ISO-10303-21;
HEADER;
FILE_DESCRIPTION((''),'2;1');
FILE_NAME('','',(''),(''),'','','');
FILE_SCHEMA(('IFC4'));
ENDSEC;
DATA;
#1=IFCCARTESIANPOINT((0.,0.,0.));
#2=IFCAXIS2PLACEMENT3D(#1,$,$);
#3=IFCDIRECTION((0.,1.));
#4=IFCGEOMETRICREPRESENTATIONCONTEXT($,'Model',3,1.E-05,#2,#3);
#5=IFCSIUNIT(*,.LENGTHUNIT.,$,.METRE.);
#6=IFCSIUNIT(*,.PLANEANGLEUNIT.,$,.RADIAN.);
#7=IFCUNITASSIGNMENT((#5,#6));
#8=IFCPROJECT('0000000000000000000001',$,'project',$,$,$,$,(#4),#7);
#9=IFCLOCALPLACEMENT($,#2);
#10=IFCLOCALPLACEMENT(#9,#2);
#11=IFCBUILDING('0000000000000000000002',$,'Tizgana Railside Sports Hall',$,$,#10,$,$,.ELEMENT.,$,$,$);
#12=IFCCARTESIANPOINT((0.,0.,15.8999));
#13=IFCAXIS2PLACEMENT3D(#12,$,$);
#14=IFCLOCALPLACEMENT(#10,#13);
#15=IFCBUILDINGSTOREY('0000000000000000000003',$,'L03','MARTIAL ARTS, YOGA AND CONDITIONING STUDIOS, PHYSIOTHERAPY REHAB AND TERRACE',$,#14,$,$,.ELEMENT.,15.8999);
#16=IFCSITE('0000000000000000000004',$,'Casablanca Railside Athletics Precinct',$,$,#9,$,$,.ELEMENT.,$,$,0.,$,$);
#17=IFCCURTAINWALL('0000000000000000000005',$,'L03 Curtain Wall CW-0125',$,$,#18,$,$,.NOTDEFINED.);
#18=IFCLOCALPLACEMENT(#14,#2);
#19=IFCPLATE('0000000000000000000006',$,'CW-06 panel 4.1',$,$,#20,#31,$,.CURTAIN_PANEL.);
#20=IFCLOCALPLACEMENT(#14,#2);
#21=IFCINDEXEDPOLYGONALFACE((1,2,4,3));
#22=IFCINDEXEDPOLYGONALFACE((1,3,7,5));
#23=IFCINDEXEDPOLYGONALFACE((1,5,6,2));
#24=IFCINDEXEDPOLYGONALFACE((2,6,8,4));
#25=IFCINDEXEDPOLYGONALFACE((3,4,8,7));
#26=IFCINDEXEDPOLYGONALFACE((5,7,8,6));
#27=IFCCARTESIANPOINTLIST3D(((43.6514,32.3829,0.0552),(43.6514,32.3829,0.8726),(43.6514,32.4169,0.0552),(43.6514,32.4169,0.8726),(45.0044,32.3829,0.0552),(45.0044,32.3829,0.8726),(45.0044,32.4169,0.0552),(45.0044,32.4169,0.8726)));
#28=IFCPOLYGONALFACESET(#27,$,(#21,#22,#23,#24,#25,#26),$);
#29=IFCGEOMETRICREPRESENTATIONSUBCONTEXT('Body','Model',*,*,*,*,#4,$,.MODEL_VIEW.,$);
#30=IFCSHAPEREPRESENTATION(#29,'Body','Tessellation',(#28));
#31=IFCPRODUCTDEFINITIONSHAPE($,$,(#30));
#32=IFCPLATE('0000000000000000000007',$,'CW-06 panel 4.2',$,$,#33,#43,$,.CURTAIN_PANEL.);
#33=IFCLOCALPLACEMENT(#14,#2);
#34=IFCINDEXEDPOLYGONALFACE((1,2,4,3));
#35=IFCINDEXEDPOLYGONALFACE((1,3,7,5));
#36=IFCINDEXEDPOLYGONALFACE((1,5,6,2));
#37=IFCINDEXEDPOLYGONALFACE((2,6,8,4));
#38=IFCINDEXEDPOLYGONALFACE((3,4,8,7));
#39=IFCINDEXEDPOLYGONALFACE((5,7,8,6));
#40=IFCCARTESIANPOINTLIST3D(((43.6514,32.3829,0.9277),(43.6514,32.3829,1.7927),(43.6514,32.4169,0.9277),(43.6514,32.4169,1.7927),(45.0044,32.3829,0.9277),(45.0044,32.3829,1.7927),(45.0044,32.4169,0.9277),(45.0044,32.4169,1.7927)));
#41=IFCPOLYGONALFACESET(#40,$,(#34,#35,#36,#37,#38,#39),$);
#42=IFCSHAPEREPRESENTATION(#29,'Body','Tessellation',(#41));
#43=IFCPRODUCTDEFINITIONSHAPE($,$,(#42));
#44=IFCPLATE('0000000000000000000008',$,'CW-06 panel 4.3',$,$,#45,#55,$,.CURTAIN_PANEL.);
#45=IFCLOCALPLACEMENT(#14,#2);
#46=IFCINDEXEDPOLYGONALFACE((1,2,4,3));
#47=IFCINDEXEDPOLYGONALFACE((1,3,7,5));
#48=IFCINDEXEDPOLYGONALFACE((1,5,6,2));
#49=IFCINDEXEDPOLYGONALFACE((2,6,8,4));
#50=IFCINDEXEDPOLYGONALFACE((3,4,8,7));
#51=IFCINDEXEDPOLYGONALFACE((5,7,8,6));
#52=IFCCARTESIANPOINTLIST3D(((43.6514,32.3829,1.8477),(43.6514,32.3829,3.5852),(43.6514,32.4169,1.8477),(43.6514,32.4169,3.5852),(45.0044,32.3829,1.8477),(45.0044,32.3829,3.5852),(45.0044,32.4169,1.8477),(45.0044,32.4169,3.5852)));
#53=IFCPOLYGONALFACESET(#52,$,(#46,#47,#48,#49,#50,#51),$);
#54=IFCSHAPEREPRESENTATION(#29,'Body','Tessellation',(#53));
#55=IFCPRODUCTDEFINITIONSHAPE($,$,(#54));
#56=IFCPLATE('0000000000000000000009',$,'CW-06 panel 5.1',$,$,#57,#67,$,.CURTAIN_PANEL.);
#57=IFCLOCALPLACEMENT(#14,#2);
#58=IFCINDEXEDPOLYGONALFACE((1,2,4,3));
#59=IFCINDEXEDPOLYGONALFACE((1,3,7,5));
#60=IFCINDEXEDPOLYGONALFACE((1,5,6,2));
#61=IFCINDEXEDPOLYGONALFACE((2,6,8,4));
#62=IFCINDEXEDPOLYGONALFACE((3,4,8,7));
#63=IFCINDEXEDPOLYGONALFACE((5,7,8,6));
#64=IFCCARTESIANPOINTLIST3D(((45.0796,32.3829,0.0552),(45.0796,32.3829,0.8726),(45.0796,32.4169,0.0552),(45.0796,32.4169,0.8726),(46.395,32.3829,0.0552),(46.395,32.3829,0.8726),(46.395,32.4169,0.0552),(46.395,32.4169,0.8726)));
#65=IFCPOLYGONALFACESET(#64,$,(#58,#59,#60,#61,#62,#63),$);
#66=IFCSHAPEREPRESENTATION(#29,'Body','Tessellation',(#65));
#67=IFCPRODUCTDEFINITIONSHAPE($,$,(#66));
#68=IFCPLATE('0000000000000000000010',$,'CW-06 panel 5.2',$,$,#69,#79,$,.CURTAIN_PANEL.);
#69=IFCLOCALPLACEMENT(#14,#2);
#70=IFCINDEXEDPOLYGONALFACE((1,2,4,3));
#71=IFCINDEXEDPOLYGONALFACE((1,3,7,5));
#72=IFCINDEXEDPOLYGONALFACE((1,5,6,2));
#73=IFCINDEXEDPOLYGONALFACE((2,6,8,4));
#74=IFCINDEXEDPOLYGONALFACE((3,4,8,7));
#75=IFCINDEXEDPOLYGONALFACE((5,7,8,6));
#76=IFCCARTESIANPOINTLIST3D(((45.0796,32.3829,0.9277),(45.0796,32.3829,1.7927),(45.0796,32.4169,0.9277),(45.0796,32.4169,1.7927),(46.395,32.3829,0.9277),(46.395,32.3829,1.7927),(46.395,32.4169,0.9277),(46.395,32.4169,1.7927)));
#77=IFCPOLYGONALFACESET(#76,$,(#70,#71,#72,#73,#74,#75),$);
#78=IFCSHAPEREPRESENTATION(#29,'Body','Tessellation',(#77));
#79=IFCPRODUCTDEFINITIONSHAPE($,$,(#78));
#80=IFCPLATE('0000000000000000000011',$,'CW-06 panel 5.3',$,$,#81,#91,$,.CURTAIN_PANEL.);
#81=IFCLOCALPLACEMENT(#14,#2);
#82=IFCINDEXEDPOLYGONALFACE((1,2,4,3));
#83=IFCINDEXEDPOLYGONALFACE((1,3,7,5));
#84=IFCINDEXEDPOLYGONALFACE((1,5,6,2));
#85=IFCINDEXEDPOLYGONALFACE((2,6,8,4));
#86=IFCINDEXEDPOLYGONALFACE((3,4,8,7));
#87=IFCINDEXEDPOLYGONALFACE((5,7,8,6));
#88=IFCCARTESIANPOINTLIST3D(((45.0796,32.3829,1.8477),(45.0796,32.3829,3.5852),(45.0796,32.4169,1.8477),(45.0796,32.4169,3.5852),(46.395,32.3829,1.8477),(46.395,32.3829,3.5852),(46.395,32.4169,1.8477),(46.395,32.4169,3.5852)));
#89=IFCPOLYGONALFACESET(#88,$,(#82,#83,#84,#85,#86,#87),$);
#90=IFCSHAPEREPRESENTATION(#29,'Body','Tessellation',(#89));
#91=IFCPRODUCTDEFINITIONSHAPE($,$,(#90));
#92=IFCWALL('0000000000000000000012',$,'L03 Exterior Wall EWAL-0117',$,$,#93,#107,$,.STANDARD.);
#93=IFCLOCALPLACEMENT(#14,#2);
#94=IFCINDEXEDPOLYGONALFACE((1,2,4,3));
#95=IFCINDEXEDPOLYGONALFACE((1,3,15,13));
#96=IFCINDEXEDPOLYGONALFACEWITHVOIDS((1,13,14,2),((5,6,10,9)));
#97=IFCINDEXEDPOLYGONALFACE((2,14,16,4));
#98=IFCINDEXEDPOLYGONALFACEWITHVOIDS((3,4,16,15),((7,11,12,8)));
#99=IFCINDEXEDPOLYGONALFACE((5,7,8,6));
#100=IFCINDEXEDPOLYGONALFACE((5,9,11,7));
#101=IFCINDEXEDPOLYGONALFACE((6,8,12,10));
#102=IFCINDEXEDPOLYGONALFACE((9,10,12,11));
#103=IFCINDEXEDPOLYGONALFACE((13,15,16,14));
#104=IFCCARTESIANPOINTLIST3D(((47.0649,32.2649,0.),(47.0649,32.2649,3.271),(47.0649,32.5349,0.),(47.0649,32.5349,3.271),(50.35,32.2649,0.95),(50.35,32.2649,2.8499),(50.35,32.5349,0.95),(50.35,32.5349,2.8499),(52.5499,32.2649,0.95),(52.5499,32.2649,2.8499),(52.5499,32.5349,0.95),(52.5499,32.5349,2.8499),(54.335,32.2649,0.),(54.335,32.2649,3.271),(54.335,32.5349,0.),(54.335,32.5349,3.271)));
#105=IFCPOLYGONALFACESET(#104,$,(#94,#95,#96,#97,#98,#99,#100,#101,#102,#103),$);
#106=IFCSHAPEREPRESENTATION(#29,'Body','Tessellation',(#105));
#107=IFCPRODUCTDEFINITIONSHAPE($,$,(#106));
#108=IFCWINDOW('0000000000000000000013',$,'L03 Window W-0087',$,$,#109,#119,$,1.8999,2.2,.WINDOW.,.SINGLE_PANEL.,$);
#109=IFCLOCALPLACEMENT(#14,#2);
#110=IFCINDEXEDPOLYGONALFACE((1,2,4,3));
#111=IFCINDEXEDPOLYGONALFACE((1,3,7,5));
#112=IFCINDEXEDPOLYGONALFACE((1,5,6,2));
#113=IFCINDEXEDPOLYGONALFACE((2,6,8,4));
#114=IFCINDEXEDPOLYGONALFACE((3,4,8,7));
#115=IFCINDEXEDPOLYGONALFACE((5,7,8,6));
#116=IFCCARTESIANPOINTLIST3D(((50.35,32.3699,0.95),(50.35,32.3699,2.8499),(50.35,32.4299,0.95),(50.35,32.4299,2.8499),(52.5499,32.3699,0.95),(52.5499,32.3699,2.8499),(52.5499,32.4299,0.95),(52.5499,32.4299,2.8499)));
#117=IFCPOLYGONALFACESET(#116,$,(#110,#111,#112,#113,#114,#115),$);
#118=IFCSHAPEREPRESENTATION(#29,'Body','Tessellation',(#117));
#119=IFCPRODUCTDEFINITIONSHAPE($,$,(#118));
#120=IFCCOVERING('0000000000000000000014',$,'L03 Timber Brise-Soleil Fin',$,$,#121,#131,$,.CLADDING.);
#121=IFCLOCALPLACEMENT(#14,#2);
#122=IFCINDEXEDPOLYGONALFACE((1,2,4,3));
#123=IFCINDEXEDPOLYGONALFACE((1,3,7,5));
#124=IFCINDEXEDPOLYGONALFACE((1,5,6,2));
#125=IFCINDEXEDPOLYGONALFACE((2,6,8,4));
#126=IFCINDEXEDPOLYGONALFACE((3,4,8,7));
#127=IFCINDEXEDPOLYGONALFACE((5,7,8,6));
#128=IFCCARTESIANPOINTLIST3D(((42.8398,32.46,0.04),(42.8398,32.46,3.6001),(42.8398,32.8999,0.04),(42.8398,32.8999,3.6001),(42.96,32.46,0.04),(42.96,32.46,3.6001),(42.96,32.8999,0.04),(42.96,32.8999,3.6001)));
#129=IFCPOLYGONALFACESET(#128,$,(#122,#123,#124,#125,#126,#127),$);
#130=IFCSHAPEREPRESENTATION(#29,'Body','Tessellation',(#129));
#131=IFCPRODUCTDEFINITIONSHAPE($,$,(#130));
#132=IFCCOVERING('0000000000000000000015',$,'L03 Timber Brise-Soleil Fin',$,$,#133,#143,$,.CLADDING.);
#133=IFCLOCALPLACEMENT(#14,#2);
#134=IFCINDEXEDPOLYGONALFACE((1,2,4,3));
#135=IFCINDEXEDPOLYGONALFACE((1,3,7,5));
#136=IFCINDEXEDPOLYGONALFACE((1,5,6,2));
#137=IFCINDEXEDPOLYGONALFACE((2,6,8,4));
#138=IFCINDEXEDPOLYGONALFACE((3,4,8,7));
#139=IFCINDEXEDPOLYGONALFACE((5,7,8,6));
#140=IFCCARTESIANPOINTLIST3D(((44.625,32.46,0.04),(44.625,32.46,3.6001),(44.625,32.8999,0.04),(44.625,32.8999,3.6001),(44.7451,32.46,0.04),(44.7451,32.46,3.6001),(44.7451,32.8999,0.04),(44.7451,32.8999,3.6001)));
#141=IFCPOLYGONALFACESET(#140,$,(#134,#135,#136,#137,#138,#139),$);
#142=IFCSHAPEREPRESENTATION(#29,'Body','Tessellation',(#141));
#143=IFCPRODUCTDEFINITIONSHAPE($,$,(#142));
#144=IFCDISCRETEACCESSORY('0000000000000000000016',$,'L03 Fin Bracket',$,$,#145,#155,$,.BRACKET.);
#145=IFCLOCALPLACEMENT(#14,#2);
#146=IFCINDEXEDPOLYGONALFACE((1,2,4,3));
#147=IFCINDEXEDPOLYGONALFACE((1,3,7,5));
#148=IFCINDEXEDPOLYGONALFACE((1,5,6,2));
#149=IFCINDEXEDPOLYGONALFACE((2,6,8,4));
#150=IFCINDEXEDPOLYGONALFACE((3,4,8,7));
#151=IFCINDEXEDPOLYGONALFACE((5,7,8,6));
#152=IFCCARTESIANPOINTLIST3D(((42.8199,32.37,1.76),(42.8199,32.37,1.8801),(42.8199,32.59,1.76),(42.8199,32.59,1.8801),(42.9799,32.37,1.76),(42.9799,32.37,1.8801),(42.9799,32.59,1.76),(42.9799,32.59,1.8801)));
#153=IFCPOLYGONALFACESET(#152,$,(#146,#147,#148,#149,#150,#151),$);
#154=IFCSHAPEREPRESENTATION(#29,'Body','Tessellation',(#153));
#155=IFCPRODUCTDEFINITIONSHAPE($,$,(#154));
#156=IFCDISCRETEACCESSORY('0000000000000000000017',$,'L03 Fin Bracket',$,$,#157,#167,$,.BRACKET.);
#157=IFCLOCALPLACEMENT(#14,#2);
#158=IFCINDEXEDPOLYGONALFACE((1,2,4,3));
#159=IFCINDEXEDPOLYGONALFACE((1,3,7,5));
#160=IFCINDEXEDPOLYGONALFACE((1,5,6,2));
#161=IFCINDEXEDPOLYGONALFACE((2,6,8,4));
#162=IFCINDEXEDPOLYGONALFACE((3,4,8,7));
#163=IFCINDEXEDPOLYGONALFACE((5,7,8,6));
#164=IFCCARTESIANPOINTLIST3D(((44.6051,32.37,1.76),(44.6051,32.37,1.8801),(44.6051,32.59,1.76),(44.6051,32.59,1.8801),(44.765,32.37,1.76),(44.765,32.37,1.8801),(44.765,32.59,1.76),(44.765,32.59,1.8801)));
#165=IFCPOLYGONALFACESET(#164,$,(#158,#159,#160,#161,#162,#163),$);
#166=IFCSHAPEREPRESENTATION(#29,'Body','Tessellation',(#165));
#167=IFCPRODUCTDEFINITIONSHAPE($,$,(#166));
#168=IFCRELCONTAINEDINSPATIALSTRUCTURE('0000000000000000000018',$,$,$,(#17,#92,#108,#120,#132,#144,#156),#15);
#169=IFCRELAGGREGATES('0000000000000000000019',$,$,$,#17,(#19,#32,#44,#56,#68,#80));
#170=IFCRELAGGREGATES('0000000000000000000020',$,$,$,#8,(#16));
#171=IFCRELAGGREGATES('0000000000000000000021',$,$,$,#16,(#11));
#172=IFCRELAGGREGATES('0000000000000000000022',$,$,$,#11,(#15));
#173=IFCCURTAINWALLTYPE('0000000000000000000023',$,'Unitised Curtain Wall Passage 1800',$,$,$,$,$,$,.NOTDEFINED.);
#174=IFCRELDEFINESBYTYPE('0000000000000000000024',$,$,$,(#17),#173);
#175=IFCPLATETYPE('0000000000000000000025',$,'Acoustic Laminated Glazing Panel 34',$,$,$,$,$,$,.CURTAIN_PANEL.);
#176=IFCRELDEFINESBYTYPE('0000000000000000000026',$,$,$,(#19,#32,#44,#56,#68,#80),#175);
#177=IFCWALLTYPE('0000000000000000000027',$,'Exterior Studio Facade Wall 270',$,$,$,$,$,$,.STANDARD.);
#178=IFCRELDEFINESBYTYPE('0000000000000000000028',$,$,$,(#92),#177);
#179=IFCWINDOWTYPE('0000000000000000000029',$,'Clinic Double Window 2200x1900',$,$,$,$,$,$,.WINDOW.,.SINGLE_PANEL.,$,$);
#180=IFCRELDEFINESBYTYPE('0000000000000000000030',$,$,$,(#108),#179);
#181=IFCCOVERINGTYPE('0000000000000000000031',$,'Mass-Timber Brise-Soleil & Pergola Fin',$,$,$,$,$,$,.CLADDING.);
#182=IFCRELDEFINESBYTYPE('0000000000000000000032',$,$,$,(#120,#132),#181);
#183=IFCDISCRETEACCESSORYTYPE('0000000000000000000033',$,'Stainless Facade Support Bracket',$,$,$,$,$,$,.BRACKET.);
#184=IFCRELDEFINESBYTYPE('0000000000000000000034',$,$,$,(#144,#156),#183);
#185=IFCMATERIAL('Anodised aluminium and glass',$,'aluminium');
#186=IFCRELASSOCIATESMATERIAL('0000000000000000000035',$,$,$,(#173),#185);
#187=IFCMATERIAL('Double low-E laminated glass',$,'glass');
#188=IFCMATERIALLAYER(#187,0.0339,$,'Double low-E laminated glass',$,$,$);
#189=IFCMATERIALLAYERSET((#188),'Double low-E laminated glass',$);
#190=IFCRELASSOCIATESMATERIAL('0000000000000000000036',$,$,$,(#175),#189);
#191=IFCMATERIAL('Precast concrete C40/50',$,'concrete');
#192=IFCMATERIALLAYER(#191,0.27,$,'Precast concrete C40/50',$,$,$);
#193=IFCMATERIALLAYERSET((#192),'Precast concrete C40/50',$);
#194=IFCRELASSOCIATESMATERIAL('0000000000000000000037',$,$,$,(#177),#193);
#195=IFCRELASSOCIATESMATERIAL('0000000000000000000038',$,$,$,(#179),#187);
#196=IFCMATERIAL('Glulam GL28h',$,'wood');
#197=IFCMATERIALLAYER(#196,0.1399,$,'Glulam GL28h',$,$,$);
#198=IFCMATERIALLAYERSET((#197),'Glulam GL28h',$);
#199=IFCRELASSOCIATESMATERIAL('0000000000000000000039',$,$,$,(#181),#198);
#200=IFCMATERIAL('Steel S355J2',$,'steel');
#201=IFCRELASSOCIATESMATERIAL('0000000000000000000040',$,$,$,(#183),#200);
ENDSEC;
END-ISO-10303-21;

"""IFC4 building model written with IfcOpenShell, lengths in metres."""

from ifc_helpers import new_model, si_unit, direction, frame, frame_2d, origin, origin_2d, place, context, subcontext, project, spatial, rectangle, extrude, material, layer, layer_set, type_object, element, fill, aggregate, save


model = new_model("IFC4")

# Units and contexts
model_context = context("Model", 3, precision=1e-05, world=origin(), true_north=direction((0.0, 1.0)))
body_context = subcontext(model_context, "Body", "Model", "MODEL_VIEW")
ifc_project = project(units=[si_unit("LENGTHUNIT", "METRE"), si_unit("PLANEANGLEUNIT", "RADIAN")], contexts=[model_context])

# Site, building, storey
site_placement = place(None, origin())
site = spatial("IfcSite", under=ifc_project, at=site_placement, Name="Casablanca Railside Athletics Precinct", CompositionType="ELEMENT", RefElevation=0.0)
building_placement = place(site_placement, origin())
building = spatial("IfcBuilding", under=site, at=building_placement, Name="Tizgana Railside Sports Hall", CompositionType="ELEMENT")
storey_placement = place(building_placement, frame((0.0, 0.0, 15.8999)))
storey = spatial("IfcBuildingStorey", under=building, at=storey_placement, Name="L03", Description="MARTIAL ARTS, YOGA AND CONDITIONING STUDIOS, PHYSIOTHERAPY REHAB AND TERRACE", CompositionType="ELEMENT", Elevation=15.8999)

# Curtain wall
ifc_material_1 = material(Name="Anodised aluminium and glass", Category="aluminium")
curtain_wall_type = type_object("IfcCurtainWallType", Name="Unitised Curtain Wall Passage 1800", PredefinedType="NOTDEFINED", material=ifc_material_1)
curtain_wall_placement = place(storey_placement, origin())
curtain_wall = element("IfcCurtainWall", 1, at=curtain_wall_placement, inside=storey, type_object=curtain_wall_type, Name="L03 Curtain Wall CW-0125", PredefinedType="NOTDEFINED")

# Shared definitions
ifc_material_2 = material(Name="Steel S355J2", Category="steel")

# Plates
ifc_material_3 = material(Name="Double low-E laminated glass", Category="glass")
ifc_layer_1 = layer(ifc_material_3, 0.0339, Name="Double low-E laminated glass")
ifc_layer_set_1 = layer_set([ifc_layer_1], Name="Double low-E laminated glass")
plate_type = type_object("IfcPlateType", Name="Acoustic Laminated Glazing Panel 34", PredefinedType="CURTAIN_PANEL", material=ifc_layer_set_1)
plate_1_placement = place(storey_placement, frame((44.3279, 32.3999, 0.0552), z_axis=(0.0, 0.0, 1.0), x_axis=(1.0, 0.0, 0.0)))
plate_1 = element("IfcPlate", 2, at=plate_1_placement, type_object=plate_type, Name="CW-06 panel 4.1", PredefinedType="CURTAIN_PANEL", context=body_context, shape_type="SweptSolid", body=[
    extrude(rectangle(XDim=1.353, YDim=0.0339, at=origin_2d()), origin(), (0.0, 0.0, 1.0), 0.8174),
])
plate_2_placement = place(storey_placement, frame((44.3279, 32.3999, 0.9277), z_axis=(0.0, 0.0, 1.0), x_axis=(1.0, 0.0, 0.0)))
plate_2 = element("IfcPlate", 3, at=plate_2_placement, type_object=plate_type, Name="CW-06 panel 4.2", PredefinedType="CURTAIN_PANEL", context=body_context, shape_type="SweptSolid", body=[
    extrude(rectangle(XDim=1.353, YDim=0.0339, at=origin_2d()), origin(), (0.0, 0.0, 1.0), 0.865),
])
plate_3_placement = place(storey_placement, frame((44.3279, 32.3999, 1.8477), z_axis=(0.0, 0.0, 1.0), x_axis=(1.0, 0.0, 0.0)))
plate_3 = element("IfcPlate", 4, at=plate_3_placement, type_object=plate_type, Name="CW-06 panel 4.3", PredefinedType="CURTAIN_PANEL", context=body_context, shape_type="SweptSolid", body=[
    extrude(rectangle(XDim=1.353, YDim=0.0339, at=origin_2d()), origin(), (0.0, 0.0, 1.0), 1.7375),
])
plate_4_placement = place(storey_placement, frame((45.7373, 32.3999, 0.0552), z_axis=(0.0, 0.0, 1.0), x_axis=(1.0, 0.0, 0.0)))
plate_4 = element("IfcPlate", 5, at=plate_4_placement, type_object=plate_type, Name="CW-06 panel 5.1", PredefinedType="CURTAIN_PANEL", context=body_context, shape_type="SweptSolid", body=[
    extrude(rectangle(XDim=1.3154, YDim=0.0339, at=origin_2d()), origin(), (0.0, 0.0, 1.0), 0.8174),
])
plate_5_placement = place(storey_placement, frame((45.7373, 32.3999, 0.9277), z_axis=(0.0, 0.0, 1.0), x_axis=(1.0, 0.0, 0.0)))
plate_5 = element("IfcPlate", 6, at=plate_5_placement, type_object=plate_type, Name="CW-06 panel 5.2", PredefinedType="CURTAIN_PANEL", context=body_context, shape_type="SweptSolid", body=[
    extrude(rectangle(XDim=1.3154, YDim=0.0339, at=origin_2d()), origin(), (0.0, 0.0, 1.0), 0.865),
])
plate_6_placement = place(storey_placement, frame((45.7373, 32.3999, 1.8477), z_axis=(0.0, 0.0, 1.0), x_axis=(1.0, 0.0, 0.0)))
plate_6 = element("IfcPlate", 7, at=plate_6_placement, type_object=plate_type, Name="CW-06 panel 5.3", PredefinedType="CURTAIN_PANEL", context=body_context, shape_type="SweptSolid", body=[
    extrude(rectangle(XDim=1.3154, YDim=0.0339, at=origin_2d()), origin(), (0.0, 0.0, 1.0), 1.7375),
])
aggregate(curtain_wall, [plate_1, plate_2, plate_3, plate_4, plate_5, plate_6])

# Wall, opening, window
ifc_material_4 = material(Name="Precast concrete C40/50", Category="concrete")
ifc_layer_2 = layer(ifc_material_4, 0.27, Name="Precast concrete C40/50")
ifc_layer_set_2 = layer_set([ifc_layer_2], Name="Precast concrete C40/50")
wall_type = type_object("IfcWallType", Name="Exterior Studio Facade Wall 270", PredefinedType="STANDARD", material=ifc_layer_set_2)
wall_placement = place(storey_placement, frame((47.0649, 32.3999, 0.0), z_axis=(0.0, 0.0, 1.0), x_axis=(1.0, 0.0, 0.0)))
wall = element("IfcWall", 8, at=wall_placement, inside=storey, type_object=wall_type, Name="L03 Exterior Wall EWAL-0117", PredefinedType="STANDARD", context=body_context, shape_type="SweptSolid", body=[
    extrude(rectangle(XDim=7.27, YDim=0.27, at=frame_2d((3.635, 0.0))), origin(), (0.0, 0.0, 1.0), 3.271),
])
opening_placement = place(wall_placement, frame((3.2849, 0.0, 0.95)))
opening = element("IfcOpeningElement", 9, at=opening_placement, cuts=wall, PredefinedType="OPENING", context=body_context, shape_type="SweptSolid", body=[
    extrude(rectangle(XDim=2.2, YDim=1.8999, at=frame_2d((1.1001, 0.95))), frame((0.0, 0.145, 0.0), z_axis=(0.0, -1.0, 0.0), x_axis=(1.0, 0.0, 0.0)), (0.0, 0.0, 1.0), 0.29),
])
window_type = type_object("IfcWindowType", Name="Clinic Double Window 2200x1900", PartitioningType="SINGLE_PANEL", PredefinedType="WINDOW", material=ifc_material_3)
window_placement = place(opening_placement, origin())
window = element("IfcWindow", 10, at=window_placement, inside=storey, type_object=window_type, Name="L03 Window W-0087", OverallHeight=1.8999, OverallWidth=2.2, PartitioningType="SINGLE_PANEL", PredefinedType="WINDOW", context=body_context, shape_type="SweptSolid", body=[
    extrude(rectangle(XDim=2.2, YDim=1.8999, at=frame_2d((1.1001, 0.95))), frame((0.0, 0.03, 0.0), z_axis=(0.0, -1.0, 0.0), x_axis=(1.0, 0.0, 0.0)), (0.0, 0.0, 1.0), 0.0601),
])
fill(opening, window)

# Coverings
ifc_material_5 = material(Name="Glulam GL28h", Category="wood")
ifc_layer_3 = layer(ifc_material_5, 0.1399, Name="Glulam GL28h")
ifc_layer_set_3 = layer_set([ifc_layer_3], Name="Glulam GL28h")
covering_type = type_object("IfcCoveringType", Name="Mass-Timber Brise-Soleil & Pergola Fin", PredefinedType="CLADDING", material=ifc_layer_set_3)
for number, where, z_axis, x_axis, name in (
    (11, (42.8999, 32.6799, 0.04), (0.0, 0.0, 1.0), (1.0, 0.0, 0.0), "L03 Timber Brise-Soleil Fin"),
    (12, (44.6851, 32.6799, 0.04), (0.0, 0.0, 1.0), (1.0, 0.0, 0.0), "L03 Timber Brise-Soleil Fin"),
):
    element("IfcCovering", number, at=place(storey_placement, frame(where, z_axis=z_axis, x_axis=x_axis)), inside=storey, type_object=covering_type, Name=name, PredefinedType="CLADDING", context=body_context, shape_type="SweptSolid", body=[
        extrude(rectangle(XDim=0.1201, YDim=0.4399, at=origin_2d()), origin(), (0.0, 0.0, 1.0), 3.5601),
    ])

# Discrete accessories
discrete_accessory_type = type_object("IfcDiscreteAccessoryType", Name="Stainless Facade Support Bracket", PredefinedType="BRACKET", material=ifc_material_2)
for number, where, z_axis, x_axis, name in (
    (13, (42.8999, 32.48, 1.76), (0.0, 0.0, 1.0), (1.0, 0.0, 0.0), "L03 Fin Bracket"),
    (14, (44.6851, 32.48, 1.76), (0.0, 0.0, 1.0), (1.0, 0.0, 0.0), "L03 Fin Bracket"),
):
    element("IfcDiscreteAccessory", number, at=place(storey_placement, frame(where, z_axis=z_axis, x_axis=x_axis)), inside=storey, type_object=discrete_accessory_type, Name=name, PredefinedType="BRACKET", context=body_context, shape_type="SweptSolid", body=[
        extrude(rectangle(XDim=0.1599, YDim=0.22, at=origin_2d()), origin(), (0.0, 0.0, 1.0), 0.1201),
    ])

save(model, "model.ifc")
